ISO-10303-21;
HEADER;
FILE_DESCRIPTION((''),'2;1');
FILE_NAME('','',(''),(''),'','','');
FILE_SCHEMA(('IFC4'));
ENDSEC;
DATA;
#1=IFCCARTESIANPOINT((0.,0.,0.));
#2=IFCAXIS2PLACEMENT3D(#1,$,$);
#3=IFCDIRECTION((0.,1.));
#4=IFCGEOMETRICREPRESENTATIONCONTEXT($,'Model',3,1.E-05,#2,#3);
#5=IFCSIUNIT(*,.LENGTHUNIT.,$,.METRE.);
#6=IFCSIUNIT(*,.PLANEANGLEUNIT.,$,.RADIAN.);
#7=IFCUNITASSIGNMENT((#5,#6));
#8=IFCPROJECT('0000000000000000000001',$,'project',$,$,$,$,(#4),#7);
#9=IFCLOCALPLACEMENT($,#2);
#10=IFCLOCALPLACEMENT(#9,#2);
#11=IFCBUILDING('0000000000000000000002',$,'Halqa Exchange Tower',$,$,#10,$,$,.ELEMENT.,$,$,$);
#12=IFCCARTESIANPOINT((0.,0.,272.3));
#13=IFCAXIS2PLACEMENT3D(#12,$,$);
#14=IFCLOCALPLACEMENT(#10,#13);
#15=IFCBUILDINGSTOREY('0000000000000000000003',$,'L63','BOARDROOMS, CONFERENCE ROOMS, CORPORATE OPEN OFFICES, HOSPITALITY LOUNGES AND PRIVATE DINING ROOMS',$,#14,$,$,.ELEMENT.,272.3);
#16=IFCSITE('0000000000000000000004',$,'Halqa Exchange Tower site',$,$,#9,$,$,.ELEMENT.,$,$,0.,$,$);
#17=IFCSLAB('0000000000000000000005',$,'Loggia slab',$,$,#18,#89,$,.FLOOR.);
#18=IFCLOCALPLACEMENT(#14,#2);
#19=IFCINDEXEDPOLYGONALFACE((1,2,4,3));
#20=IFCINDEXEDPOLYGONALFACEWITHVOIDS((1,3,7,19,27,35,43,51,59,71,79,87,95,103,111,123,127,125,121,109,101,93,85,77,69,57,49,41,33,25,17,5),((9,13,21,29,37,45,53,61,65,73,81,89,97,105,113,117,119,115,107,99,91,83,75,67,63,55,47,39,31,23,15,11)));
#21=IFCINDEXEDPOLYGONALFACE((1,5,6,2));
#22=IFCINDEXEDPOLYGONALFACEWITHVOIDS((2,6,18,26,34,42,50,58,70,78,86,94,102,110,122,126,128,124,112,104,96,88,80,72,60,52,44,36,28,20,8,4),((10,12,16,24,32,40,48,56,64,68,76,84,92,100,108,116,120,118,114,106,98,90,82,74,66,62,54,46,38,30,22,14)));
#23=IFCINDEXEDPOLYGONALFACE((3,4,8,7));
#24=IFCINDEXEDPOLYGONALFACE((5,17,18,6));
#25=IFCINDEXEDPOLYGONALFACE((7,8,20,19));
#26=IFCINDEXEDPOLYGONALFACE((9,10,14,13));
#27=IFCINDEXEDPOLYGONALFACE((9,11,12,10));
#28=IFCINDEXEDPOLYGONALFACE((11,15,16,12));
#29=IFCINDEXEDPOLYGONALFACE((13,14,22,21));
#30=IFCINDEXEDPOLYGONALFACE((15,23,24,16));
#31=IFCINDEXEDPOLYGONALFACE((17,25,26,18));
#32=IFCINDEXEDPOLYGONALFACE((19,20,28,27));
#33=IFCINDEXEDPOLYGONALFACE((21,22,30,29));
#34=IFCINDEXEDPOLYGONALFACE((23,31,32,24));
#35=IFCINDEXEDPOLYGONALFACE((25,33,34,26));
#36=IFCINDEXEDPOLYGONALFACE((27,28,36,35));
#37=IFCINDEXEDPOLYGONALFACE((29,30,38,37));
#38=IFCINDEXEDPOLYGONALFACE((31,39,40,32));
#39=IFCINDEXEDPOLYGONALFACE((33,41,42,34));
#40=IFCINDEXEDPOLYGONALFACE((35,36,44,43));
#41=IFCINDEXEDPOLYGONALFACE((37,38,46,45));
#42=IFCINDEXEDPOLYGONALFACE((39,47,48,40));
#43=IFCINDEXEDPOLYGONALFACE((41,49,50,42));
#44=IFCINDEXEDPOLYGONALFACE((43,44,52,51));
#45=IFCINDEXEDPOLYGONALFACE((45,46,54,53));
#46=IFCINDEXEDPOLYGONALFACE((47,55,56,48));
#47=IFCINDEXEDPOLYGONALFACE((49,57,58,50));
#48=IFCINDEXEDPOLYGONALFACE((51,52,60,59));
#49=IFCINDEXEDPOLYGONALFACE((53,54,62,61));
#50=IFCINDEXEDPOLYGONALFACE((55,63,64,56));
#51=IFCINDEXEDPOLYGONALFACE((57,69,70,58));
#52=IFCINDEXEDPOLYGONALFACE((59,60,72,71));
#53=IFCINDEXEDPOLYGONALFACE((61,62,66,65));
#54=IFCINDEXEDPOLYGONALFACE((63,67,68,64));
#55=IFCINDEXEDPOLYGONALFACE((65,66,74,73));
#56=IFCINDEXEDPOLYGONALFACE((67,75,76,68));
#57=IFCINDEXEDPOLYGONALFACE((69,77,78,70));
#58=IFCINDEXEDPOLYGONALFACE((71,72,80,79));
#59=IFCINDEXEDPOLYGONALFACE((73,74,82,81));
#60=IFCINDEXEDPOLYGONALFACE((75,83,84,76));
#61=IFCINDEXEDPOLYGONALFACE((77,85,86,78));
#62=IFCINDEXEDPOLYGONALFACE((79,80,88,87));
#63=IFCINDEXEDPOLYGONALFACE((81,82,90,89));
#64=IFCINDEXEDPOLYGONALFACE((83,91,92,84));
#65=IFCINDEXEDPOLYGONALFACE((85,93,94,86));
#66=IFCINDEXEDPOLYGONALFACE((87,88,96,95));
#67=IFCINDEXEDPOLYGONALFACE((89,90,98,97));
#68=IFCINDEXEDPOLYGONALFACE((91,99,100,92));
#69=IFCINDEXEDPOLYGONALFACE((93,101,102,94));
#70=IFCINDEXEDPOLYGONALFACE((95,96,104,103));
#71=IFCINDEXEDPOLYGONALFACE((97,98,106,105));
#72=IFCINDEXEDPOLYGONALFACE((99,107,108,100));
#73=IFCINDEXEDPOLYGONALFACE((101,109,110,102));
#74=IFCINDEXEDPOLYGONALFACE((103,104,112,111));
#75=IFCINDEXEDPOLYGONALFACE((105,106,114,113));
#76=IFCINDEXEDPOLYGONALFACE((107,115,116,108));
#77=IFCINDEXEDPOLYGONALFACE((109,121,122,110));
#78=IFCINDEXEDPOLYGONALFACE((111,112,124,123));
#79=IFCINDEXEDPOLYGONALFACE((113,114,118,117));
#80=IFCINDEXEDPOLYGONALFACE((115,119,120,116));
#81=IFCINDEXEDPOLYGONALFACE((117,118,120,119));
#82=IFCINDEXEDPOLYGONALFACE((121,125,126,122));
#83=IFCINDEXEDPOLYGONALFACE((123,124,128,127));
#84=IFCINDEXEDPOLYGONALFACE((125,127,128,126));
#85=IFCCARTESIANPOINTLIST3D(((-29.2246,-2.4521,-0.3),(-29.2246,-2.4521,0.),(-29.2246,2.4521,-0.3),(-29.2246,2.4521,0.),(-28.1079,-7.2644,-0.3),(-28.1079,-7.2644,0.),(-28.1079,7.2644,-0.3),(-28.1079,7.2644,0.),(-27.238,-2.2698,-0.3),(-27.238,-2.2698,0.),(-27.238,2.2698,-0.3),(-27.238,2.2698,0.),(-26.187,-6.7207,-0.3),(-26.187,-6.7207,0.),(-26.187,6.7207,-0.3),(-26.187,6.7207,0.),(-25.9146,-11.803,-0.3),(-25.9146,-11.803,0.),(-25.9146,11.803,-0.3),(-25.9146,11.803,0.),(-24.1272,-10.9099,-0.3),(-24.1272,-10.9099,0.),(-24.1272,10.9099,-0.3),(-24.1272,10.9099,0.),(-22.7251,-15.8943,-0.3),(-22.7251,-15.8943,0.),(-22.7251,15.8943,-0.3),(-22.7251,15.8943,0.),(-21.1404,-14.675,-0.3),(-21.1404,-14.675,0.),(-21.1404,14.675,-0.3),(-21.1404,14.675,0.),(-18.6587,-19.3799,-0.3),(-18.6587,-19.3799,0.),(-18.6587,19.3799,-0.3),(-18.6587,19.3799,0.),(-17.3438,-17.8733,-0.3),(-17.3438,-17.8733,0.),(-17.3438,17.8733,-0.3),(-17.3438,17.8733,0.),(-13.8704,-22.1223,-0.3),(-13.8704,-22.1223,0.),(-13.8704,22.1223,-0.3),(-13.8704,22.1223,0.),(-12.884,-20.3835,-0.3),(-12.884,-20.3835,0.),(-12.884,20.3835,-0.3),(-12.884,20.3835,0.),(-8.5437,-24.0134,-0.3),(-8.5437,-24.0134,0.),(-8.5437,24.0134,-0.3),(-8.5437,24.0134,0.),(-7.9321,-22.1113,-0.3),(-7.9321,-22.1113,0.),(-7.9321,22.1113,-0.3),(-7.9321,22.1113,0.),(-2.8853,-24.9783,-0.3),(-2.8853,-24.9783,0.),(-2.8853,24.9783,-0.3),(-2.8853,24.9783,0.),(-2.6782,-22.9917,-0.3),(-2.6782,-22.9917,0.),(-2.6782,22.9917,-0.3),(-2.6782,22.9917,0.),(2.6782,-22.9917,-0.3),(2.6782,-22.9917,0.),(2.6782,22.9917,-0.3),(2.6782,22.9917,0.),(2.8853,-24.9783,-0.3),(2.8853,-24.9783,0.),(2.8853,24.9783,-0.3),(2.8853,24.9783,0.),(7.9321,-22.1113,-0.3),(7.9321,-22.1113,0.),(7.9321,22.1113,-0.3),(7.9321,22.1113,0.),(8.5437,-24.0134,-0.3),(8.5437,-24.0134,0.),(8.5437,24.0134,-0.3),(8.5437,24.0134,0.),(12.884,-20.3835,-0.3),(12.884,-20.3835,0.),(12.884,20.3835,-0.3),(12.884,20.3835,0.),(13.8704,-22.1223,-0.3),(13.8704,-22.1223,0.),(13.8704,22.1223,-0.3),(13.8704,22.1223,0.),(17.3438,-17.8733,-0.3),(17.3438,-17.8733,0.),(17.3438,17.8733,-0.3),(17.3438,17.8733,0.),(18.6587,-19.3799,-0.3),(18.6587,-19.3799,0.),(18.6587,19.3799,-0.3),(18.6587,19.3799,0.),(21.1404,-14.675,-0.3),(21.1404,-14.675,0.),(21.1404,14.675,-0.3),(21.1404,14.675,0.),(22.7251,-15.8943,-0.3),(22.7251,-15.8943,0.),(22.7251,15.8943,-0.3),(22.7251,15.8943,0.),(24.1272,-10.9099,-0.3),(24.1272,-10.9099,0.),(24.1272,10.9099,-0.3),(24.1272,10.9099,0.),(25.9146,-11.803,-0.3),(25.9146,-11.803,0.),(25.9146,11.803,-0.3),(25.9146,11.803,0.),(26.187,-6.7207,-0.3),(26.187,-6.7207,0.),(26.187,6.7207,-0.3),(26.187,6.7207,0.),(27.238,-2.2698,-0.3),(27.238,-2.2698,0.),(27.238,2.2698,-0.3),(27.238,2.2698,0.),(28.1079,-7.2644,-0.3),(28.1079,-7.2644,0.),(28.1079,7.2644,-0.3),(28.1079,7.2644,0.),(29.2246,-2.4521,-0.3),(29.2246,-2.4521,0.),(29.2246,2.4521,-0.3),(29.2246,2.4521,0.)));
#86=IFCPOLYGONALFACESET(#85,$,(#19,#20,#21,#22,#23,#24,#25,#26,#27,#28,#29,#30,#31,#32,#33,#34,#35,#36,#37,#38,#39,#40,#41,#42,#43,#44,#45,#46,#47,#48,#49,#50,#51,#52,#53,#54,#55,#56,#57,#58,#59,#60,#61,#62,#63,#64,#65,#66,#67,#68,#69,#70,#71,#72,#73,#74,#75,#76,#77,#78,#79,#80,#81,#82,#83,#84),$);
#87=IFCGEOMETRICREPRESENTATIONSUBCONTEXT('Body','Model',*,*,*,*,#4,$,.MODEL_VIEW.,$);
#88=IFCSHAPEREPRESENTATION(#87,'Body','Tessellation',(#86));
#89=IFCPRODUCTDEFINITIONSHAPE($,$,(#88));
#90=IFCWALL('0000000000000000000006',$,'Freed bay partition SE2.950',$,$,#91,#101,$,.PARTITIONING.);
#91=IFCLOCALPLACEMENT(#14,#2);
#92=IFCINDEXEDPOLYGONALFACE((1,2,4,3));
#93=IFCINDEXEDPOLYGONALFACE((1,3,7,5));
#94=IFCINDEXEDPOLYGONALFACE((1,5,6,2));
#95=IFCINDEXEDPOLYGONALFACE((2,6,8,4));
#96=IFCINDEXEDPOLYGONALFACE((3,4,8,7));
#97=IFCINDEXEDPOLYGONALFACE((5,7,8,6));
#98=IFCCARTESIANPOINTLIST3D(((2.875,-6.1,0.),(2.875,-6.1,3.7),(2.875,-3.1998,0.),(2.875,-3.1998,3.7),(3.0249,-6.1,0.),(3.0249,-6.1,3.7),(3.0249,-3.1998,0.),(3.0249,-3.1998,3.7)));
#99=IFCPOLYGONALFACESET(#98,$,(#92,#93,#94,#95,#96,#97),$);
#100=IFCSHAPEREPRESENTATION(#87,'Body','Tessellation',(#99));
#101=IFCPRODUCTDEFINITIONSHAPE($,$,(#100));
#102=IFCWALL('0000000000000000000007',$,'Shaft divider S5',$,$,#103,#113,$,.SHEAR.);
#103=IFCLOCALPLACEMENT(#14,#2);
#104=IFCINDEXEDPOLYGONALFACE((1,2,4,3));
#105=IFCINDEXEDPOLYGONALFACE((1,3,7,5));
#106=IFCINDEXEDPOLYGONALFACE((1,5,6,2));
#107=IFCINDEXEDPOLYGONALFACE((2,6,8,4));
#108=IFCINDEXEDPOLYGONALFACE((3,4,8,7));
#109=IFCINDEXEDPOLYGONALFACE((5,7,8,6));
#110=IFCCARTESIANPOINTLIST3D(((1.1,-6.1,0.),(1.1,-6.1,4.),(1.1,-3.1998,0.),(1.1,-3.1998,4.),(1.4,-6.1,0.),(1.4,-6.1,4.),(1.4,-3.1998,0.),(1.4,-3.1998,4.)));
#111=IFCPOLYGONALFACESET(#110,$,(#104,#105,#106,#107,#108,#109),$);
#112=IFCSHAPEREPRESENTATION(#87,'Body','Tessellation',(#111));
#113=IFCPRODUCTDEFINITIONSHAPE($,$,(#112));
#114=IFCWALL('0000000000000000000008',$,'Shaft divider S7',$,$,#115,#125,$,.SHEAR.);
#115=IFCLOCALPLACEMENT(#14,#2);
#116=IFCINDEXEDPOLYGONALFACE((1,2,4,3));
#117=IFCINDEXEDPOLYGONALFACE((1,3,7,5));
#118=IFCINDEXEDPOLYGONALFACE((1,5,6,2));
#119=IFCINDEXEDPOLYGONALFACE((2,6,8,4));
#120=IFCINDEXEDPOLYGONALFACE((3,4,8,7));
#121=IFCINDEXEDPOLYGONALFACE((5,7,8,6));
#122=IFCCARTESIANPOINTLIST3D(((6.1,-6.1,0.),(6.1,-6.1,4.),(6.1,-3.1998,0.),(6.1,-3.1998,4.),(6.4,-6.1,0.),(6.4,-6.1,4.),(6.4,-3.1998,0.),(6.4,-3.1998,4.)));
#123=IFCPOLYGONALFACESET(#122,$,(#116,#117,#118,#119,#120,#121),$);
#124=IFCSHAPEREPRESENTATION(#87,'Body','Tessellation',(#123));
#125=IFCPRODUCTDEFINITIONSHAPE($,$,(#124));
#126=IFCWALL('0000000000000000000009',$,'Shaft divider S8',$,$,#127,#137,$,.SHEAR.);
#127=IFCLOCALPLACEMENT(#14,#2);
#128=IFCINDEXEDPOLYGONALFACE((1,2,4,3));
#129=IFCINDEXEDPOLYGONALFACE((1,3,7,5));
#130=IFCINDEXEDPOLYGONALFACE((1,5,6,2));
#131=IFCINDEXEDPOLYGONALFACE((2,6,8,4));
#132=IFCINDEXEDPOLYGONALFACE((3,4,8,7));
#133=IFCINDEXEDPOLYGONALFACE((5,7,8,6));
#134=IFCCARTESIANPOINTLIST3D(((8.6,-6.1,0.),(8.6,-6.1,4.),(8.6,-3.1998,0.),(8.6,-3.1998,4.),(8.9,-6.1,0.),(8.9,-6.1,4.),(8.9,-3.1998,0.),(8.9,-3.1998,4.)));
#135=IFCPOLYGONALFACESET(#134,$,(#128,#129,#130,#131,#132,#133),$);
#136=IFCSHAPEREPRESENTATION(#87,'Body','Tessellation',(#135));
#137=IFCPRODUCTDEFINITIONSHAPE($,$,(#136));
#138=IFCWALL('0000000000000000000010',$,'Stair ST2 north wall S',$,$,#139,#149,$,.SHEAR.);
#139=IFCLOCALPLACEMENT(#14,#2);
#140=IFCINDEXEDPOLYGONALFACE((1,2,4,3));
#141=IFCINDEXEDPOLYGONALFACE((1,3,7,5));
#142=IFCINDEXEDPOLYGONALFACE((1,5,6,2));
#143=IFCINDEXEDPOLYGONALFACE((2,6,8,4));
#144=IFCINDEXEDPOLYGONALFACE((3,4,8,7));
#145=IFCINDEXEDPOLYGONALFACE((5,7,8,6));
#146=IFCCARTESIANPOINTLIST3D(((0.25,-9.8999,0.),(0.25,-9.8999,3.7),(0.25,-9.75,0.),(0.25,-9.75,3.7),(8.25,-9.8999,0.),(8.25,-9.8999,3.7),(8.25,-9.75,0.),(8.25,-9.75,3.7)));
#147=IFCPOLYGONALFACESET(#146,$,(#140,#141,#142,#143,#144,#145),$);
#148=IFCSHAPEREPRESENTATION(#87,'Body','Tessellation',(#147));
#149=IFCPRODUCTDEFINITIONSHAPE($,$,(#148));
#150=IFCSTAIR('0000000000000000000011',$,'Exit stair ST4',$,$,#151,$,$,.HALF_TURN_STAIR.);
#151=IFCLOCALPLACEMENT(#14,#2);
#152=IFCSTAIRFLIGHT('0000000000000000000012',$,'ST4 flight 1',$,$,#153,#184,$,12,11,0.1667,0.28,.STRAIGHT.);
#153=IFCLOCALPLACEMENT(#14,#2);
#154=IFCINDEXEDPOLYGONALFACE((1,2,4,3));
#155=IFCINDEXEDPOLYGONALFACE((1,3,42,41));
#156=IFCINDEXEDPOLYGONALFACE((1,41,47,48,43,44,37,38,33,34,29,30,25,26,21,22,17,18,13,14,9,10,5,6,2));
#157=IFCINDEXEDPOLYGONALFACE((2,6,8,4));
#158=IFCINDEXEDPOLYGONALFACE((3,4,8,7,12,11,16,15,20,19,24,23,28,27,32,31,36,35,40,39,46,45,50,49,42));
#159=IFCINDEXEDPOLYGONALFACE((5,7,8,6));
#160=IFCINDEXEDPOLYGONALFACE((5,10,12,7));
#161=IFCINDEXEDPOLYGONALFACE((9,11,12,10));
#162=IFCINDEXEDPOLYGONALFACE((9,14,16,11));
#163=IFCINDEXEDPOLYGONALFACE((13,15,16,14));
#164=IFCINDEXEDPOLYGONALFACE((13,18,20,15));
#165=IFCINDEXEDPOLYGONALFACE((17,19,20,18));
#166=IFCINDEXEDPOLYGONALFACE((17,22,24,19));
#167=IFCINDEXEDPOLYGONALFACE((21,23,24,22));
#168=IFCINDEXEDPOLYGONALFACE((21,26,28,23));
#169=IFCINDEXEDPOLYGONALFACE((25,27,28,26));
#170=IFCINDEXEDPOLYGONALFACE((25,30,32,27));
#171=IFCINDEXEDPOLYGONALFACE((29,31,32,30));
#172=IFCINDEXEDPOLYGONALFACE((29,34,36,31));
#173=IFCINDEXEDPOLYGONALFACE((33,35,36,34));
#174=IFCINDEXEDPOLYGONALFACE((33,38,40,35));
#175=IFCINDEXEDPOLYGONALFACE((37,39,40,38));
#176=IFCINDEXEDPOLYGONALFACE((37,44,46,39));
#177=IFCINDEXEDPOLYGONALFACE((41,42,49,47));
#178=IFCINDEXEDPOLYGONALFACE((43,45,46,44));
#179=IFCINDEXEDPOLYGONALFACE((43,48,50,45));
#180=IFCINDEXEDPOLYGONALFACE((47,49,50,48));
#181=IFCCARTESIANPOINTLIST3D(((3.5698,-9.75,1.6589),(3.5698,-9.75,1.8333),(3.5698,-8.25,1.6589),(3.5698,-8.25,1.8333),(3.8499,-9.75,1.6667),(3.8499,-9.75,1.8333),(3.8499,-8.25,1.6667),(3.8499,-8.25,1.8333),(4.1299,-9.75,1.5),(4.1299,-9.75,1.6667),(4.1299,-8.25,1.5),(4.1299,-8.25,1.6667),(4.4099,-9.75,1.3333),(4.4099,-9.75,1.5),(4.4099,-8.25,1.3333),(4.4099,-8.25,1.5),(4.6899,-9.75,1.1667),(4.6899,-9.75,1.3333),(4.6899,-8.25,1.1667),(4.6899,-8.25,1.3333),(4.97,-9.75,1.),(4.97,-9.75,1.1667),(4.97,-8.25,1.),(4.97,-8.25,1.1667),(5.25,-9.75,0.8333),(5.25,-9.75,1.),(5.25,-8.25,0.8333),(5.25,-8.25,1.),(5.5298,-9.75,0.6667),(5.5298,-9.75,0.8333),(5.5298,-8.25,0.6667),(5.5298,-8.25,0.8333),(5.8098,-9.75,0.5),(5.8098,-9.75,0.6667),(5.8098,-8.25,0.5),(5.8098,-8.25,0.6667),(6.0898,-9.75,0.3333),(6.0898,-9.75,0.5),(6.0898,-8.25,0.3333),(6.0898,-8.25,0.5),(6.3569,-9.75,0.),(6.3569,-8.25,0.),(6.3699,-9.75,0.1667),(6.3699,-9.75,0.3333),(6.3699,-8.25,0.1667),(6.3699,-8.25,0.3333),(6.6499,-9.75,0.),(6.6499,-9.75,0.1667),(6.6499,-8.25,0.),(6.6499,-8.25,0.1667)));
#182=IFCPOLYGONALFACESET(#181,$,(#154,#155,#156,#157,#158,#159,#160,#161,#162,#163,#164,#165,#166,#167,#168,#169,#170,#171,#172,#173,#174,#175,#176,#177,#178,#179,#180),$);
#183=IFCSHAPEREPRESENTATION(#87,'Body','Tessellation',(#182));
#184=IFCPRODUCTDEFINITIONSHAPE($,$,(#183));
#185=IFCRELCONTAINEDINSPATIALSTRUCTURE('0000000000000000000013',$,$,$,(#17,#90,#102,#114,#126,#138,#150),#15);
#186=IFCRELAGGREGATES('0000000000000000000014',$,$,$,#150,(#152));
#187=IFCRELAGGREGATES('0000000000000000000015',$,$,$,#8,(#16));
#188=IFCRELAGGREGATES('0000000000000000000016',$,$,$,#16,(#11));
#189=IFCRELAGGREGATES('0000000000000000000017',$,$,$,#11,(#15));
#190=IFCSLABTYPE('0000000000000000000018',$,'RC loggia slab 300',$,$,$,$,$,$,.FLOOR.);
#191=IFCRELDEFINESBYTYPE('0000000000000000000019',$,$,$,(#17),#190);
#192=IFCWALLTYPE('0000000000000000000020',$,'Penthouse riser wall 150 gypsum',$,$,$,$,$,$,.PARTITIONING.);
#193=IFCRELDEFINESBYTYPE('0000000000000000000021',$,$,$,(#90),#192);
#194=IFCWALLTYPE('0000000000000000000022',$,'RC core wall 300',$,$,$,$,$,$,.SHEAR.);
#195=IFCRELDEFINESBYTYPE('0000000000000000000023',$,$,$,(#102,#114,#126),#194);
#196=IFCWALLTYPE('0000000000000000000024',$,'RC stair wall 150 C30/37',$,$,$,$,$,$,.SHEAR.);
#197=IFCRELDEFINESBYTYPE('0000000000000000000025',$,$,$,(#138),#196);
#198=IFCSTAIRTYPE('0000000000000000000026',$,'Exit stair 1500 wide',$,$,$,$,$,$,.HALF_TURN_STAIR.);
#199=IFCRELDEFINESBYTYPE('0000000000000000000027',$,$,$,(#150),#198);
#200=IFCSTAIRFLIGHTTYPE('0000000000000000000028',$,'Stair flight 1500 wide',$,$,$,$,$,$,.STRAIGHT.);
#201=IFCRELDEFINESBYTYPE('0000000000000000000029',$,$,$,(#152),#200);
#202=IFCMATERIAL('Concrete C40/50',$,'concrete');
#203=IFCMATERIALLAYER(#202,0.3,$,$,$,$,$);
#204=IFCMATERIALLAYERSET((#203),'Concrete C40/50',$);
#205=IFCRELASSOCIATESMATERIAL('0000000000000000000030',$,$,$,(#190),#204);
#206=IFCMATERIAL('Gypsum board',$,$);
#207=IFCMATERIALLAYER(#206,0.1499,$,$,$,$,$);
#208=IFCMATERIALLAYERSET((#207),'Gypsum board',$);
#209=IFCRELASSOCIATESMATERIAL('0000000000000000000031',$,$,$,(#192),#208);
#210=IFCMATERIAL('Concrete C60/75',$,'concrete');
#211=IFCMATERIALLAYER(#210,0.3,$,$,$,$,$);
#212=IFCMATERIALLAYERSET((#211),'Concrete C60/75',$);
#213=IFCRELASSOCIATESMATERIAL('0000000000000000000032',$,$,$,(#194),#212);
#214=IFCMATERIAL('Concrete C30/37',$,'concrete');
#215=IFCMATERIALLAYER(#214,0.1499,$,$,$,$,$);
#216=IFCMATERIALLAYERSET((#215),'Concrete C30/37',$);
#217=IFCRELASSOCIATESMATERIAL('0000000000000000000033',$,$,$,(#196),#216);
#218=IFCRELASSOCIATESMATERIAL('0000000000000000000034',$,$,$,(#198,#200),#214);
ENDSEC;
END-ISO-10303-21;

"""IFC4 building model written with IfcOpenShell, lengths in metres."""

from ifc_helpers import new_model, si_unit, direction, frame, frame_2d, origin, place, context, subcontext, project, spatial, polyline, rectangle, outline, extrude, material, layer, layer_set, type_object, element, aggregate, save


model = new_model("IFC4")

# Units and contexts
model_context = context("Model", 3, precision=1e-05, world=origin(), true_north=direction((0.0, 1.0)))
body_context = subcontext(model_context, "Body", "Model", "MODEL_VIEW")
ifc_project = project(units=[si_unit("LENGTHUNIT", "METRE"), si_unit("PLANEANGLEUNIT", "RADIAN")], contexts=[model_context])

# Site, building, storey
site_placement = place(None, origin())
site = spatial("IfcSite", under=ifc_project, at=site_placement, Name="Halqa Exchange Tower site", CompositionType="ELEMENT", RefElevation=0.0)
building_placement = place(site_placement, origin())
building = spatial("IfcBuilding", under=site, at=building_placement, Name="Halqa Exchange Tower", CompositionType="ELEMENT")
storey_placement = place(building_placement, frame((0.0, 0.0, 272.3)))
storey = spatial("IfcBuildingStorey", under=building, at=storey_placement, Name="L63", Description="BOARDROOMS, CONFERENCE ROOMS, CORPORATE OPEN OFFICES, HOSPITALITY LOUNGES AND PRIVATE DINING ROOMS", CompositionType="ELEMENT", Elevation=272.3)

# Slab
ifc_material_1 = material(Name="Concrete C60/75", Category="concrete")
ifc_material_2 = material(Name="Concrete C40/50", Category="concrete")
ifc_layer_1 = layer(ifc_material_2, 0.3)
ifc_layer_set_1 = layer_set([ifc_layer_1], Name="Concrete C40/50")
slab_type_1 = type_object("IfcSlabType", Name="RC loggia slab 300", PredefinedType="FLOOR", material=ifc_layer_set_1)
slab_1_placement = place(storey_placement, frame((0.0, 0.0, -0.3)))
element("IfcSlab", 1, at=slab_1_placement, inside=storey, type_object=slab_type_1, Name="Loggia slab", PredefinedType="FLOOR", context=body_context, shape_type="SweptSolid", body=[
    extrude(outline(polyline([(29.2246, 2.4521), (29.2246, -2.4521), (28.1079, -7.2644), (25.9146, -11.803), (22.7251, -15.8943), (18.6587, -19.3799), (13.8704, -22.1223), (8.5437, -24.0134), (2.8853, -24.9783), (-2.8853, -24.9783), (-8.5437, -24.0134), (-13.8704, -22.1223), (-18.6587, -19.3799), (-22.7251, -15.8943), (-25.9146, -11.803), (-28.1079, -7.2644), (-29.2246, -2.4521), (-29.2246, 2.4521), (-28.1079, 7.2644), (-25.9146, 11.803), (-22.7251, 15.8943), (-18.6587, 19.3799), (-13.8704, 22.1223), (-8.5437, 24.0134), (-2.8853, 24.9783), (2.8853, 24.9783), (8.5437, 24.0134), (13.8704, 22.1223), (18.6587, 19.3799), (22.7251, 15.8943), (25.9146, 11.803), (28.1079, 7.2644), (29.2246, 2.4521)]), holes=[polyline([(27.238, 2.2698), (26.187, 6.7207), (24.1272, 10.9099), (21.1404, 14.675), (17.3438, 17.8733), (12.884, 20.3835), (7.9321, 22.1113), (2.6782, 22.9917), (-2.6782, 22.9917), (-7.9321, 22.1113), (-12.884, 20.3835), (-17.3438, 17.8733), (-21.1404, 14.675), (-24.1272, 10.9099), (-26.187, 6.7207), (-27.238, 2.2698), (-27.238, -2.2698), (-26.187, -6.7207), (-24.1272, -10.9099), (-21.1404, -14.675), (-17.3438, -17.8733), (-12.884, -20.3835), (-7.9321, -22.1113), (-2.6782, -22.9917), (2.6782, -22.9917), (7.9321, -22.1113), (12.884, -20.3835), (17.3438, -17.8733), (21.1404, -14.675), (24.1272, -10.9099), (26.187, -6.7207), (27.238, -2.2698), (27.238, 2.2698)])]), origin(), (0.0, 0.0, 1.0), 0.3),
])

# Walls
ifc_material_3 = material(Name="Gypsum board")
ifc_layer_2 = layer(ifc_material_3, 0.1499)
ifc_layer_set_2 = layer_set([ifc_layer_2], Name="Gypsum board")
wall_type_1 = type_object("IfcWallType", Name="Penthouse riser wall 150 gypsum", PredefinedType="PARTITIONING", material=ifc_layer_set_2)
wall_1_placement = place(storey_placement, frame((2.95, -6.1001, 0.0), z_axis=(0.0, 0.0, 1.0), x_axis=(0.0, 1.0, 0.0)))
element("IfcWall", 2, at=wall_1_placement, inside=storey, type_object=wall_type_1, Name="Freed bay partition SE2.950", PredefinedType="PARTITIONING", context=body_context, shape_type="SweptSolid", body=[
    extrude(rectangle(XDim=2.9001, YDim=0.1499, at=frame_2d((1.4502, 0.0))), origin(), (0.0, 0.0, 1.0), 3.7),
])
ifc_layer_3 = layer(ifc_material_1, 0.3)
ifc_layer_set_3 = layer_set([ifc_layer_3], Name="Concrete C60/75")
wall_type_2 = type_object("IfcWallType", Name="RC core wall 300", PredefinedType="SHEAR", material=ifc_layer_set_3)
for number, where, z_axis, x_axis, name in (
    (3, (1.25, -6.1001, 0.0), (0.0, 0.0, 1.0), (0.0, 1.0, 0.0), "Shaft divider S5"),
    (4, (6.25, -6.1001, 0.0), (0.0, 0.0, 1.0), (0.0, 1.0, 0.0), "Shaft divider S7"),
    (5, (8.75, -6.1001, 0.0), (0.0, 0.0, 1.0), (0.0, 1.0, 0.0), "Shaft divider S8"),
):
    element("IfcWall", number, at=place(storey_placement, frame(where, z_axis=z_axis, x_axis=x_axis)), inside=storey, type_object=wall_type_2, Name=name, PredefinedType="SHEAR", context=body_context, shape_type="SweptSolid", body=[
        extrude(rectangle(XDim=2.9001, YDim=0.3, at=frame_2d((1.4502, 0.0))), origin(), (0.0, 0.0, 1.0), 4.0),
    ])
ifc_material_4 = material(Name="Concrete C30/37", Category="concrete")
ifc_layer_4 = layer(ifc_material_4, 0.1499)
ifc_layer_set_4 = layer_set([ifc_layer_4], Name="Concrete C30/37")
wall_type_3 = type_object("IfcWallType", Name="RC stair wall 150 C30/37", PredefinedType="SHEAR", material=ifc_layer_set_4)
wall_2_placement = place(storey_placement, frame((0.25, -9.825, 0.0), z_axis=(0.0, 0.0, 1.0), x_axis=(1.0, 0.0, 0.0)))
element("IfcWall", 6, at=wall_2_placement, inside=storey, type_object=wall_type_3, Name="Stair ST2 north wall S", PredefinedType="SHEAR", context=body_context, shape_type="SweptSolid", body=[
    extrude(rectangle(XDim=8.0, YDim=0.1499, at=frame_2d((4.0, 0.0))), origin(), (0.0, 0.0, 1.0), 3.7),
])

# Stair, stair flight
stair_type = type_object("IfcStairType", Name="Exit stair 1500 wide", PredefinedType="HALF_TURN_STAIR", material=ifc_material_4)
stair_placement = place(storey_placement, origin())
stair = element("IfcStair", 7, at=stair_placement, inside=storey, type_object=stair_type, Name="Exit stair ST4", PredefinedType="HALF_TURN_STAIR")
stair_flight_type = type_object("IfcStairFlightType", Name="Stair flight 1500 wide", PredefinedType="STRAIGHT", material=ifc_material_4)
stair_flight_1_placement = place(storey_placement, frame((6.6499, -9.0, 0.0), z_axis=(0.0, 0.0, 1.0), x_axis=(-1.0, 0.0, 0.0)))
stair_flight_1 = element("IfcStairFlight", 8, at=stair_flight_1_placement, type_object=stair_flight_type, Name="ST4 flight 1", NumberOfRisers=12, NumberOfTreads=11, PredefinedType="STRAIGHT", RiserHeight=0.1667, TreadLength=0.28, context=body_context, shape_type="SweptSolid", body=[
    extrude(outline(polyline([(0.0, 0.0), (0.0, 0.1667), (0.28, 0.1667), (0.28, 0.3333), (0.5601, 0.3333), (0.5601, 0.5), (0.8401, 0.5), (0.8401, 0.6667), (1.1201, 0.6667), (1.1201, 0.8333), (1.3999, 0.8333), (1.3999, 1.0), (1.6799, 1.0), (1.6799, 1.1667), (1.96, 1.1667), (1.96, 1.3333), (2.24, 1.3333), (2.24, 1.5), (2.52, 1.5), (2.52, 1.6667), (2.8, 1.6667), (2.8, 1.8333), (3.0801, 1.8333), (3.0801, 2.0), (3.0801, 1.6589), (0.293, 0.0), (0.0, 0.0)])), frame((0.0, 0.75, 0.0), z_axis=(0.0, -1.0, 0.0), x_axis=(1.0, 0.0, 0.0)), (0.0, 0.0, 1.0), 1.5),
])
aggregate(stair, [stair_flight_1])

save(model, "model.ifc")
